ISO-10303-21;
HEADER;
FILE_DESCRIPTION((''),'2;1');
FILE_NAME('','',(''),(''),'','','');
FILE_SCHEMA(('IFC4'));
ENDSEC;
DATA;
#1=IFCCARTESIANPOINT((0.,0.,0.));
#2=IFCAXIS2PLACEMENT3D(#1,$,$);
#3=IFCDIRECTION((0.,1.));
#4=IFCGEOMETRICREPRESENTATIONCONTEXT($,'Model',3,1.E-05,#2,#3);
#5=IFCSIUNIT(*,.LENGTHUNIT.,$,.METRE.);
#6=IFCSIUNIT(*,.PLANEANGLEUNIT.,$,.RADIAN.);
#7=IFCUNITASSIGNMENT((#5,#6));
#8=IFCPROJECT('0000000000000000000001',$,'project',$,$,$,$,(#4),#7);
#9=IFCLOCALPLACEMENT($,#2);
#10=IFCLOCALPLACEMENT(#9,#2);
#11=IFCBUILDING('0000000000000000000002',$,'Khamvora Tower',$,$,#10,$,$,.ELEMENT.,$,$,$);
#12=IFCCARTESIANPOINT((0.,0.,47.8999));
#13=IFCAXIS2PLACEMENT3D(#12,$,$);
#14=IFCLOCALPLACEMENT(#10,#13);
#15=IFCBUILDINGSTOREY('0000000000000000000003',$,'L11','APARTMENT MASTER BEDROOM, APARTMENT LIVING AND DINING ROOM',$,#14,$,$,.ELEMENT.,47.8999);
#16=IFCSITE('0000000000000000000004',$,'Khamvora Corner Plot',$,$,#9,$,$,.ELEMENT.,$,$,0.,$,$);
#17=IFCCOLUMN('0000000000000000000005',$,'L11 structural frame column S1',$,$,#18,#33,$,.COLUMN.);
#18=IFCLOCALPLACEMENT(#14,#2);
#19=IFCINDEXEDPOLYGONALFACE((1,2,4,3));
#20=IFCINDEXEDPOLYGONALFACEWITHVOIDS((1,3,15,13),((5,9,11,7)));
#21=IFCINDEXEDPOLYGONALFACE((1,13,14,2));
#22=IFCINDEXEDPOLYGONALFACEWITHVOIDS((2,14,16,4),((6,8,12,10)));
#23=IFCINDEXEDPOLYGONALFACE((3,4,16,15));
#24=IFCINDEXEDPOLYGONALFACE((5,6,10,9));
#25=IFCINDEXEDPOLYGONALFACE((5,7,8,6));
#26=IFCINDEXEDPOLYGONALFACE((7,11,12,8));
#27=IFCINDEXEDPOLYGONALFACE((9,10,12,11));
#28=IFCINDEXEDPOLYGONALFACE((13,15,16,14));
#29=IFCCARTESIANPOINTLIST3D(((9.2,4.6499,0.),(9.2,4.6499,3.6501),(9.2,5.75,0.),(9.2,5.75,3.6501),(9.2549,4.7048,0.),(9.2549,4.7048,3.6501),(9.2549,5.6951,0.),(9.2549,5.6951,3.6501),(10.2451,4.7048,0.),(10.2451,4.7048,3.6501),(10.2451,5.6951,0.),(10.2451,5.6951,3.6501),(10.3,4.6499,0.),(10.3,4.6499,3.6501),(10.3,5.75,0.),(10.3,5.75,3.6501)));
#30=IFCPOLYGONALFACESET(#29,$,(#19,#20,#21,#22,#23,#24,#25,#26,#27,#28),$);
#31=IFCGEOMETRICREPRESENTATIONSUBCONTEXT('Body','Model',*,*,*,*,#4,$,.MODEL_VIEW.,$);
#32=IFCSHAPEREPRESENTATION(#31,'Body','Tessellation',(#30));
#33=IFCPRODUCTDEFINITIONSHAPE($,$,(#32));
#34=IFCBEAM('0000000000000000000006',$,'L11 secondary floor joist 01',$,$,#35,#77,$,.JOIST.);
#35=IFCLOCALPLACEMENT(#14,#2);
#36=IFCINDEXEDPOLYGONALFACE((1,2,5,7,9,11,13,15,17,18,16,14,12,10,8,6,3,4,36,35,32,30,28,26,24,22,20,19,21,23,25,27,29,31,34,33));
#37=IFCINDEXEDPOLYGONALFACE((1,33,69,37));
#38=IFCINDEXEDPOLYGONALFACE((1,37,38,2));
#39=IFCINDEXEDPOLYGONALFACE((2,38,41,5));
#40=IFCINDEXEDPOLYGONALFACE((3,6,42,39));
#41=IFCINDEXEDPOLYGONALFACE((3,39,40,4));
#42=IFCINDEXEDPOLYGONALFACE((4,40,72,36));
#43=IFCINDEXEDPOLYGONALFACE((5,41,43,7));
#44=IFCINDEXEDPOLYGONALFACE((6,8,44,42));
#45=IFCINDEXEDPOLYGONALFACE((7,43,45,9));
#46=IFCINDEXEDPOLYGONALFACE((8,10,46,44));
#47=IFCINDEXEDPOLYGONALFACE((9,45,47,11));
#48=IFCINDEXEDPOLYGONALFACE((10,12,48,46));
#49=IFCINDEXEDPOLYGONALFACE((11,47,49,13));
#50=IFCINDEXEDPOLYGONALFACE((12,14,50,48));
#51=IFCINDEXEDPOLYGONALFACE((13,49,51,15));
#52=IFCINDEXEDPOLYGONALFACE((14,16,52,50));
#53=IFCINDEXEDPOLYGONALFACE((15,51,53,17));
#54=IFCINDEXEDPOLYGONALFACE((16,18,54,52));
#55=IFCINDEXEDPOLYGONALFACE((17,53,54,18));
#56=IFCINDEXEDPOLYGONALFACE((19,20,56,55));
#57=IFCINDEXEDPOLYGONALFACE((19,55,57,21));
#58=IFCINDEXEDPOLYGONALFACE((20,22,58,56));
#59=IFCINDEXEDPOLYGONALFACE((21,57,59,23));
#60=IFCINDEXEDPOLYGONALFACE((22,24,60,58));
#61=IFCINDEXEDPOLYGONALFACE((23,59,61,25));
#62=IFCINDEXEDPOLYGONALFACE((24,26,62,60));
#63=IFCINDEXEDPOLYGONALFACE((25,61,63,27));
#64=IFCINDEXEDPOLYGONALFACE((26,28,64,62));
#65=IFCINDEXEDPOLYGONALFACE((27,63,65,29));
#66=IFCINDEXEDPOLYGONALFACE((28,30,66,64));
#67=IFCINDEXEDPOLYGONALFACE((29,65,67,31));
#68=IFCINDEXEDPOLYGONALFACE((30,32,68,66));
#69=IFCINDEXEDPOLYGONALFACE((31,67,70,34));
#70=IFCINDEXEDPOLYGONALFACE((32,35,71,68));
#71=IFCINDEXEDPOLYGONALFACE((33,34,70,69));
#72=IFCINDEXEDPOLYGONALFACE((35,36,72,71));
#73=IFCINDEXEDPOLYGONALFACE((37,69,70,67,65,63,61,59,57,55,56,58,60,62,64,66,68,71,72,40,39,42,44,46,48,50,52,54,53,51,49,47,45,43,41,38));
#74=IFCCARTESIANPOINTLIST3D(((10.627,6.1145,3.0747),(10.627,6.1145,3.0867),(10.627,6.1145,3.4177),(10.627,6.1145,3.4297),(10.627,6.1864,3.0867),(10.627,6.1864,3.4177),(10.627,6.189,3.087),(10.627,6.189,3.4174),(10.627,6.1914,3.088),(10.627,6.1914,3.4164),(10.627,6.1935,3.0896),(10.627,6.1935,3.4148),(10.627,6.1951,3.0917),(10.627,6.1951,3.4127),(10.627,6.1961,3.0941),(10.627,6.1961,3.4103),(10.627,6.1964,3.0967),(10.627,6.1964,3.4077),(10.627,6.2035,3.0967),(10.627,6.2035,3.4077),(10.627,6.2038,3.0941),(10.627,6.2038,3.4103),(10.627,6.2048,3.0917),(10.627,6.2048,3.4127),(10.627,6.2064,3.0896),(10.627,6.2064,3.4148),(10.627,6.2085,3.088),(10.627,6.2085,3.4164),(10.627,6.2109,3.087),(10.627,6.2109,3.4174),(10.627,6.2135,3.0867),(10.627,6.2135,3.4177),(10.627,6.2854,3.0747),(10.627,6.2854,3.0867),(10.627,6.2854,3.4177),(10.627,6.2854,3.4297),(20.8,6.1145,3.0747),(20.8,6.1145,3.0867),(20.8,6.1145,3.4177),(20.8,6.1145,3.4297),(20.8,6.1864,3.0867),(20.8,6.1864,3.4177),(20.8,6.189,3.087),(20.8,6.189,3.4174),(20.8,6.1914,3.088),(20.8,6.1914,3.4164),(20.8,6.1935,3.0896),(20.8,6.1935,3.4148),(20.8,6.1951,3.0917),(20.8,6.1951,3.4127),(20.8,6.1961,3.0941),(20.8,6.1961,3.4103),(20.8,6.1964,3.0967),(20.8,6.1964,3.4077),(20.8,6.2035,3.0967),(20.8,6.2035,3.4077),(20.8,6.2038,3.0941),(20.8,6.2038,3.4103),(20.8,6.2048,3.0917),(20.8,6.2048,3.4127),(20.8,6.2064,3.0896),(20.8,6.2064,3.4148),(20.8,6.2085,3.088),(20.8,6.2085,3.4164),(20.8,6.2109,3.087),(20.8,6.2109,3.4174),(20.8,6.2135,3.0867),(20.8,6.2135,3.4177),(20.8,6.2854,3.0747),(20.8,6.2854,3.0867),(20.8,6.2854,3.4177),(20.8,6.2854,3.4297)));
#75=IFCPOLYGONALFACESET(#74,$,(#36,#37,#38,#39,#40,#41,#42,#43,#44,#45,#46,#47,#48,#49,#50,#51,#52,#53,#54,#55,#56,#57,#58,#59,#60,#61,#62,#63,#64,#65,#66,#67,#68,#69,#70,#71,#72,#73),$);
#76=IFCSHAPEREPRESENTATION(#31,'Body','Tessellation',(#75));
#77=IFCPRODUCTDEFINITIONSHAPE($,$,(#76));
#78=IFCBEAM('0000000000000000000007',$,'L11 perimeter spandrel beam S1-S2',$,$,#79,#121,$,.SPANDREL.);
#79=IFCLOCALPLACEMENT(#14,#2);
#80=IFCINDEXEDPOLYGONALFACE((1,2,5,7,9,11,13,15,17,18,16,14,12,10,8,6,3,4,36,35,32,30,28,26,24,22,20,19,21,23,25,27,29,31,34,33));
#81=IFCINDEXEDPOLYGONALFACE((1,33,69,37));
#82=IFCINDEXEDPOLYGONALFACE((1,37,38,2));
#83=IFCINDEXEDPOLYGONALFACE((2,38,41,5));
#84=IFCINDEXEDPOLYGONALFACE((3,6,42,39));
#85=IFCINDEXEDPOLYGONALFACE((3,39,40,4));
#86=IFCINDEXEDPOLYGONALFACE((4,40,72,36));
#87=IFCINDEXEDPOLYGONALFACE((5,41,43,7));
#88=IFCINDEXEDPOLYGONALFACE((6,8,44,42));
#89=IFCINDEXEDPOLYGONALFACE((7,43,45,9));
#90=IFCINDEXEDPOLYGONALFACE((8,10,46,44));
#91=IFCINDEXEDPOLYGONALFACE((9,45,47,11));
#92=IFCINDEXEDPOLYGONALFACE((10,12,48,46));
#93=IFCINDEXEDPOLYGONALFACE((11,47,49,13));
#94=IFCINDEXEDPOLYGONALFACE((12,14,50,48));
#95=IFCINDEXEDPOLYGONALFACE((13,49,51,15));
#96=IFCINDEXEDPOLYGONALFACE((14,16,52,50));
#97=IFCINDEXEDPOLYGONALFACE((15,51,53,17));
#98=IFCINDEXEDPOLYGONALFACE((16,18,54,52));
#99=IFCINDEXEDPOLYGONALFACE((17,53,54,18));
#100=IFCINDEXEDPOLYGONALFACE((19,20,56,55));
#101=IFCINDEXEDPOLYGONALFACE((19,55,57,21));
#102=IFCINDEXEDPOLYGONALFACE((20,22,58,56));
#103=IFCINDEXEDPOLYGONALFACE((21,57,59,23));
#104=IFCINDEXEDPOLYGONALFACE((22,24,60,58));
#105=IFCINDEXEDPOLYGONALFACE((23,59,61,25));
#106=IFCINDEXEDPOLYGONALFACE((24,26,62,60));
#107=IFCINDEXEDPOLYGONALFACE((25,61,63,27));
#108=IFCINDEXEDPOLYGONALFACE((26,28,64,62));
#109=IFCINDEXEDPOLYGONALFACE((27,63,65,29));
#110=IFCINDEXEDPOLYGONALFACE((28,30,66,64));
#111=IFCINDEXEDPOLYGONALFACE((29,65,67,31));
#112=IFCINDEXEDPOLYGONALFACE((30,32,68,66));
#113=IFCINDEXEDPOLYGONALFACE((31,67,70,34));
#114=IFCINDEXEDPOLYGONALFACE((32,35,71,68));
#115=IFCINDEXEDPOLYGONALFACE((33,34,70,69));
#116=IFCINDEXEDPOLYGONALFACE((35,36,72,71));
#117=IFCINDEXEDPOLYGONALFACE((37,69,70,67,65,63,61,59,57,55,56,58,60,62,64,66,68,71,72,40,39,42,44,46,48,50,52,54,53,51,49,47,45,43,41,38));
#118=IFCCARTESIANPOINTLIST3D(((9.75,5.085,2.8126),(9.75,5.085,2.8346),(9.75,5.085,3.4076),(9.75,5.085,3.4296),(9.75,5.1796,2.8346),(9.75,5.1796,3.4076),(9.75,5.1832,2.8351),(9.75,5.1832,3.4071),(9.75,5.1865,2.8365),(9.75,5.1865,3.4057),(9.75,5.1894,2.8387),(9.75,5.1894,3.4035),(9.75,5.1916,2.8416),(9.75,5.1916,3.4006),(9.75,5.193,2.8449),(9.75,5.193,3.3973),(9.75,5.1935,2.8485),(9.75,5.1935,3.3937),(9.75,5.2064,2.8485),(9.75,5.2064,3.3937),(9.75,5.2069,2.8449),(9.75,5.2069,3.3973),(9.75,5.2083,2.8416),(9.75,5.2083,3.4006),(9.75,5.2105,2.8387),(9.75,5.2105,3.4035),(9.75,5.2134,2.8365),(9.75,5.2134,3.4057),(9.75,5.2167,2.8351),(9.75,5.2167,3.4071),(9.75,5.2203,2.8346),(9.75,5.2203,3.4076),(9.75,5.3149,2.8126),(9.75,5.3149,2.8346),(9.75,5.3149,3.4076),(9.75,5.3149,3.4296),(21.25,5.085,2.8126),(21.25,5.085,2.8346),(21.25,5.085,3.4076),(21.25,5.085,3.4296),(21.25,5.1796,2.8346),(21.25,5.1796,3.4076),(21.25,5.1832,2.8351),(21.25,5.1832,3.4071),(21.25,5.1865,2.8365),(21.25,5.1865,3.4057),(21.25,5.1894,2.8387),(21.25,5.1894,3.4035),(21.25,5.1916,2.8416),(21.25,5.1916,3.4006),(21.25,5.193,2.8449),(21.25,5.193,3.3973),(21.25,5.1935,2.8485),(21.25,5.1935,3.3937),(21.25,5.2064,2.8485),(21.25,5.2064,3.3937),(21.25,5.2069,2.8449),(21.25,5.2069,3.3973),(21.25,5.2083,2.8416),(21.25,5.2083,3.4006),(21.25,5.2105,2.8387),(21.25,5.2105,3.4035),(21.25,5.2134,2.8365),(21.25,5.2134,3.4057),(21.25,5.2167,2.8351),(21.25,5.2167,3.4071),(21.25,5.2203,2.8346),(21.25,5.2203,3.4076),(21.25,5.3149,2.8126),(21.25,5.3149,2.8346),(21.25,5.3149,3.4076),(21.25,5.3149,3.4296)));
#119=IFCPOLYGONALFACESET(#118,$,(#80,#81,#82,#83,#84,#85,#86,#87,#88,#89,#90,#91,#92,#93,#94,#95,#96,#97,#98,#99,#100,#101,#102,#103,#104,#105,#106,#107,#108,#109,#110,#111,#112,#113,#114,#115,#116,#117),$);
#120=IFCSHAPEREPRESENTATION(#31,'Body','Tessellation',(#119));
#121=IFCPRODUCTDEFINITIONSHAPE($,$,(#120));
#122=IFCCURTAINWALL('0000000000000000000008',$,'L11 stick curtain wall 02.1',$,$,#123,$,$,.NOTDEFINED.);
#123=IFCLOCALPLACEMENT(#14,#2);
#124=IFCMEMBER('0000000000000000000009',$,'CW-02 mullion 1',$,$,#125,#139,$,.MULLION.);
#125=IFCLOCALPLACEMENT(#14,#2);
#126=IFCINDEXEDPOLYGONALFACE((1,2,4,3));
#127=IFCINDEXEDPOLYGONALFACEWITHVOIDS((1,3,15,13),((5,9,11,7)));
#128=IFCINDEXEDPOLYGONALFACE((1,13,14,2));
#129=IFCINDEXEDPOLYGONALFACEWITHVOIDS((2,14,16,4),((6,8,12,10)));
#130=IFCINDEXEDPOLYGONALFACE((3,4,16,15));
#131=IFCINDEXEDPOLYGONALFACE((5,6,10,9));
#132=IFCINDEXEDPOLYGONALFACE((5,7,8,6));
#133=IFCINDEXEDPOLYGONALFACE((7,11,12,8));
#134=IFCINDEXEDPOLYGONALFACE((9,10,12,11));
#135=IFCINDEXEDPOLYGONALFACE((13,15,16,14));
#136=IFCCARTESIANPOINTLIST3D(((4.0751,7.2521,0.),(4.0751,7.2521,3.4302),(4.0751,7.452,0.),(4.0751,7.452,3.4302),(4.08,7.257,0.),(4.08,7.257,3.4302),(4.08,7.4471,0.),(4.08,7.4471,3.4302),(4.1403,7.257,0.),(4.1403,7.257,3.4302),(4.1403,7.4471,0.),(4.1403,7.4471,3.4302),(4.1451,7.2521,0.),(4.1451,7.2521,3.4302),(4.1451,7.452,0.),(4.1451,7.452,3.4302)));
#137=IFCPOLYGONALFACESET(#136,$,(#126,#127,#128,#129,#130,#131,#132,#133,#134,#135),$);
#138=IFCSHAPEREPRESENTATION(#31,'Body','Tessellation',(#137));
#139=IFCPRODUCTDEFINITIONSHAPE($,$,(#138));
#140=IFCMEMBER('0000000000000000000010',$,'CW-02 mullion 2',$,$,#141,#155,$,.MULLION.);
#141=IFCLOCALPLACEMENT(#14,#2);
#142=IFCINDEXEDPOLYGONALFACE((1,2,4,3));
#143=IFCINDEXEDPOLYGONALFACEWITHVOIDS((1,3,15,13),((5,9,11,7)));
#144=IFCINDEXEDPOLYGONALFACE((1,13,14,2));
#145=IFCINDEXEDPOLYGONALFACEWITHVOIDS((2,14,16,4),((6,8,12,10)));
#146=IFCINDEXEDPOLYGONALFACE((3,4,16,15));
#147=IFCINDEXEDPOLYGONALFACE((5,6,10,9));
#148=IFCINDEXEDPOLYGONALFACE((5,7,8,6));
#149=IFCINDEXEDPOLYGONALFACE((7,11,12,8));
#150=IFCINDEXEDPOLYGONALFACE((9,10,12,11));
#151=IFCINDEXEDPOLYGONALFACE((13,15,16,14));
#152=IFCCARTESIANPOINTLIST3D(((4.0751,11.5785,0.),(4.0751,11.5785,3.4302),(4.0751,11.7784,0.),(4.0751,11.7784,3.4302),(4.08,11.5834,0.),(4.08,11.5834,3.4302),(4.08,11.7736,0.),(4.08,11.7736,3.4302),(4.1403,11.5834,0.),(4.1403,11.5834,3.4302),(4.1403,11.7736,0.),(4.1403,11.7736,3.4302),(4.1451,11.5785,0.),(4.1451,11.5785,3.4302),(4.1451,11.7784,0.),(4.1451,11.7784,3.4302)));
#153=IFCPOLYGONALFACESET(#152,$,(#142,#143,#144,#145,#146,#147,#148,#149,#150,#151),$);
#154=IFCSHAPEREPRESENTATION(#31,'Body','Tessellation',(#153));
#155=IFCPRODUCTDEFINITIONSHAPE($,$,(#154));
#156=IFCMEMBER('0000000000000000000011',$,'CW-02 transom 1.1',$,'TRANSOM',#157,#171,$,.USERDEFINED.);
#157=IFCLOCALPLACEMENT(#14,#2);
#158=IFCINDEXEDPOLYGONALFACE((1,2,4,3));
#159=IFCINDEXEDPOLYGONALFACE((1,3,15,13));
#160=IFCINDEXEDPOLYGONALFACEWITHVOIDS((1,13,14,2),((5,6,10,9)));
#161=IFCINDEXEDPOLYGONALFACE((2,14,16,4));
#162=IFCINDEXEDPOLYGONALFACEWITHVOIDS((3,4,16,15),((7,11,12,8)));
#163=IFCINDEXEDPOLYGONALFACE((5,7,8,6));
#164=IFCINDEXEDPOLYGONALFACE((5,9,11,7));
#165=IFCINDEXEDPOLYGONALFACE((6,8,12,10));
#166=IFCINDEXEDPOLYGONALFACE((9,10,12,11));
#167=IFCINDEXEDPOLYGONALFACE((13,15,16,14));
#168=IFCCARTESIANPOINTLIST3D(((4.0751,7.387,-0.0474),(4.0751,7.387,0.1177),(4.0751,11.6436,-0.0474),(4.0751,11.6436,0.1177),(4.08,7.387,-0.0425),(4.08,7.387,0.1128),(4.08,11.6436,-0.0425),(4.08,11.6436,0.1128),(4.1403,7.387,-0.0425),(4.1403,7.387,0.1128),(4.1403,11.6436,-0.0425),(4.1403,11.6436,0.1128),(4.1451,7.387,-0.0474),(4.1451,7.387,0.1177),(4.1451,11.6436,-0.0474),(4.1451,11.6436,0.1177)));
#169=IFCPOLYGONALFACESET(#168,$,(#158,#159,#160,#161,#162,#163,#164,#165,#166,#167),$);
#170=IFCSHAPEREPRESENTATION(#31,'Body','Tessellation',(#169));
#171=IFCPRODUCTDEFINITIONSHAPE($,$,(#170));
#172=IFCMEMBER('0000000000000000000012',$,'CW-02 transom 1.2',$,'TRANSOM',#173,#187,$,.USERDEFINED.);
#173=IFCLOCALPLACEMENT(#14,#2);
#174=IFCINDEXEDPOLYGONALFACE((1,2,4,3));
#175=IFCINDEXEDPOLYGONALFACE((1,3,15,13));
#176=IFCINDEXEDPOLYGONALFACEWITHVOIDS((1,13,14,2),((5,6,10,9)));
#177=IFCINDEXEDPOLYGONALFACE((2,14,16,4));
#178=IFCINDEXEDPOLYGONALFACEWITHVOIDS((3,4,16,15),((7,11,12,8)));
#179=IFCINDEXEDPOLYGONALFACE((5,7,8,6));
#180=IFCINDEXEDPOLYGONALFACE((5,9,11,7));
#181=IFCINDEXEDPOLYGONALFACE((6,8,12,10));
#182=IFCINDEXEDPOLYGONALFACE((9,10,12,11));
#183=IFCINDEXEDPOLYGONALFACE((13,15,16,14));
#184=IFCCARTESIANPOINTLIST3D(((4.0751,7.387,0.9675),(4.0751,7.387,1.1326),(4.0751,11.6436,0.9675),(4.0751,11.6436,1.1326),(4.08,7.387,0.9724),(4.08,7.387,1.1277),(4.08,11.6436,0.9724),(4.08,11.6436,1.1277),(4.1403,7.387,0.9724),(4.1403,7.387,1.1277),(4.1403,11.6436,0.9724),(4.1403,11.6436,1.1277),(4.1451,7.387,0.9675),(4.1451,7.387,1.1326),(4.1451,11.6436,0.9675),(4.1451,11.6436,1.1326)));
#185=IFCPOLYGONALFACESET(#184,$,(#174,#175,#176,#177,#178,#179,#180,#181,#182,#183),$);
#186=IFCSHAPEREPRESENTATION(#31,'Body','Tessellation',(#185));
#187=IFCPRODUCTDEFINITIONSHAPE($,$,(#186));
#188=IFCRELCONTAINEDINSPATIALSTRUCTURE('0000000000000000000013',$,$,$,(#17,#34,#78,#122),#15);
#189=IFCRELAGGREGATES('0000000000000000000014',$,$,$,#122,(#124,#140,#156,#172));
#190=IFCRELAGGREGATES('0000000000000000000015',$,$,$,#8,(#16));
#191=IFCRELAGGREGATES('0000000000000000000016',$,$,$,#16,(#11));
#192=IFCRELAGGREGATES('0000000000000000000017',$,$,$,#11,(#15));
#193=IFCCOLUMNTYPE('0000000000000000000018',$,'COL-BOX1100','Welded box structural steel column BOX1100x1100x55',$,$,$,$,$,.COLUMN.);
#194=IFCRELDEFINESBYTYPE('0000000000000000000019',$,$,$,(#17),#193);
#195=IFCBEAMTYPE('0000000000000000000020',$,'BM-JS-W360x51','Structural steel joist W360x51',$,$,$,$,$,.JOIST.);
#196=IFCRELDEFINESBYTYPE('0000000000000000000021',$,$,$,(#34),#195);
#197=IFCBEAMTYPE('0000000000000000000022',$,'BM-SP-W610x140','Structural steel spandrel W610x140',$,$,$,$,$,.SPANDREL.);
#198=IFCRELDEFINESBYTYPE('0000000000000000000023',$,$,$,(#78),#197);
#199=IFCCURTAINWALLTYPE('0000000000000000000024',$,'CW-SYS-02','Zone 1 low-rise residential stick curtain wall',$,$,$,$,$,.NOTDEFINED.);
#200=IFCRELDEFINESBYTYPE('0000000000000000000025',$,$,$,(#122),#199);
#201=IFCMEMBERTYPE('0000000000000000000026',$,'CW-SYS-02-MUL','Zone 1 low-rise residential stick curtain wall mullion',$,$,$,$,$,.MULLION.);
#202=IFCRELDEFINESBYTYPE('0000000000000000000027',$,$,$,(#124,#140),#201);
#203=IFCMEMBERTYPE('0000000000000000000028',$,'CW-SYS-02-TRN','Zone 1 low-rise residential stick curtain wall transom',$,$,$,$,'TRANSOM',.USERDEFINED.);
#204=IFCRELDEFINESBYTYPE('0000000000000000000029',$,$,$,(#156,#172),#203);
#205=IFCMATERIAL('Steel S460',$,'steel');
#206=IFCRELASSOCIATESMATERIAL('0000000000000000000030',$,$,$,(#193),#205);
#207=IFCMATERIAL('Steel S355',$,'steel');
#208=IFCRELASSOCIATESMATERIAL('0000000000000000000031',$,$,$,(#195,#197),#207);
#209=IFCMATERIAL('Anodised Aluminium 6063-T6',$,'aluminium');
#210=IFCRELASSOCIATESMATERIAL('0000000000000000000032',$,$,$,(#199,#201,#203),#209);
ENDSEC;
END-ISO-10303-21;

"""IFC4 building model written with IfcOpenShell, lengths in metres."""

from ifc_helpers import new_model, si_unit, direction, frame, origin, origin_2d, place, context, subcontext, project, spatial, hollow_rectangle, i_section, extrude, material, material_profile, profile_set, type_object, element, aggregate, save


model = new_model("IFC4")

# Units and contexts
model_context = context("Model", 3, precision=1e-05, world=origin(), true_north=direction((0.0, 1.0)))
body_context = subcontext(model_context, "Body", "Model", "MODEL_VIEW")
ifc_project = project(units=[si_unit("LENGTHUNIT", "METRE"), si_unit("PLANEANGLEUNIT", "RADIAN")], contexts=[model_context])

# Site, building, storey
site_placement = place(None, origin())
site = spatial("IfcSite", under=ifc_project, at=site_placement, Name="Khamvora Corner Plot", CompositionType="ELEMENT", RefElevation=0.0)
building_placement = place(site_placement, origin())
building = spatial("IfcBuilding", under=site, at=building_placement, Name="Khamvora Tower", CompositionType="ELEMENT")
storey_placement = place(building_placement, frame((0.0, 0.0, 47.8999)))
storey = spatial("IfcBuildingStorey", under=building, at=storey_placement, Name="L11", Description="APARTMENT MASTER BEDROOM, APARTMENT LIVING AND DINING ROOM", CompositionType="ELEMENT", Elevation=47.8999)

# Column
ifc_material_1 = material(Name="Steel S460", Category="steel")
ifc_material_profile_1 = material_profile(ifc_material_1, hollow_rectangle(XDim=1.1001, YDim=1.1001, WallThickness=0.0549, at=origin_2d()), Name="BOX1100x1100x55")
ifc_profile_set_1 = profile_set([ifc_material_profile_1], Name="Steel S460")
column_type = type_object("IfcColumnType", Name="COL-BOX1100", Description="Welded box structural steel column BOX1100x1100x55", PredefinedType="COLUMN", material=ifc_profile_set_1)
column_placement = place(storey_placement, frame((9.75, 5.2, 0.0), z_axis=(0.0, 0.0, 1.0), x_axis=(1.0, 0.0, 0.0)))
element("IfcColumn", 1, at=column_placement, inside=storey, type_object=column_type, Name="L11 structural frame column S1", PredefinedType="COLUMN", context=body_context, shape_type="SweptSolid", body=[
    extrude(hollow_rectangle(XDim=1.1001, YDim=1.1001, WallThickness=0.0549, at=origin_2d()), origin(), (0.0, 0.0, 1.0), 3.6501),
])

# Beams
ifc_material_2 = material(Name="Steel S355", Category="steel")
ifc_material_profile_2 = material_profile(ifc_material_2, i_section(OverallWidth=0.1709, OverallDepth=0.355, WebThickness=0.0071, FlangeThickness=0.012, FilletRadius=0.01, at=origin_2d()), Name="W360x51")
ifc_profile_set_2 = profile_set([ifc_material_profile_2], Name="Steel S355")
beam_type_1 = type_object("IfcBeamType", Name="BM-JS-W360x51", Description="Structural steel joist W360x51", PredefinedType="JOIST", material=ifc_profile_set_2)
beam_1_placement = place(storey_placement, frame((10.627, 6.2, 3.2522), z_axis=(1.0, 0.0, 0.0), x_axis=(0.0, 1.0, 0.0)))
element("IfcBeam", 2, at=beam_1_placement, inside=storey, type_object=beam_type_1, Name="L11 secondary floor joist 01", PredefinedType="JOIST", context=body_context, shape_type="SweptSolid", body=[
    extrude(i_section(OverallWidth=0.1709, OverallDepth=0.355, WebThickness=0.0071, FlangeThickness=0.012, FilletRadius=0.01, at=origin_2d()), origin(), (0.0, 0.0, 1.0), 10.1731),
])
ifc_material_profile_3 = material_profile(ifc_material_2, i_section(OverallWidth=0.23, OverallDepth=0.6169, WebThickness=0.0129, FlangeThickness=0.022, FilletRadius=0.0139, at=origin_2d()), Name="W610x140")
ifc_profile_set_3 = profile_set([ifc_material_profile_3], Name="Steel S355")
beam_type_2 = type_object("IfcBeamType", Name="BM-SP-W610x140", Description="Structural steel spandrel W610x140", PredefinedType="SPANDREL", material=ifc_profile_set_3)
beam_2_placement = place(storey_placement, frame((9.75, 5.2, 3.1211), z_axis=(1.0, 0.0, 0.0), x_axis=(0.0, 1.0, 0.0)))
element("IfcBeam", 3, at=beam_2_placement, inside=storey, type_object=beam_type_2, Name="L11 perimeter spandrel beam S1-S2", PredefinedType="SPANDREL", context=body_context, shape_type="SweptSolid", body=[
    extrude(i_section(OverallWidth=0.23, OverallDepth=0.6169, WebThickness=0.0129, FlangeThickness=0.022, FilletRadius=0.0139, at=origin_2d()), origin(), (0.0, 0.0, 1.0), 11.5),
])

# Curtain wall, members
ifc_material_3 = material(Name="Anodised Aluminium 6063-T6", Category="aluminium")
curtain_wall_type = type_object("IfcCurtainWallType", Name="CW-SYS-02", Description="Zone 1 low-rise residential stick curtain wall", PredefinedType="NOTDEFINED", material=ifc_material_3)
curtain_wall_placement = place(storey_placement, origin())
curtain_wall = element("IfcCurtainWall", 4, at=curtain_wall_placement, inside=storey, type_object=curtain_wall_type, Name="L11 stick curtain wall 02.1", PredefinedType="NOTDEFINED")
ifc_material_profile_4 = material_profile(ifc_material_3, hollow_rectangle(XDim=0.0701, YDim=0.2, WallThickness=0.0049, at=origin_2d()), Name="MUL70x200x5")
ifc_profile_set_4 = profile_set([ifc_material_profile_4], Name="Anodised Aluminium 6063-T6")
member_type_1 = type_object("IfcMemberType", Name="CW-SYS-02-MUL", Description="Zone 1 low-rise residential stick curtain wall mullion", PredefinedType="MULLION", material=ifc_profile_set_4)
member_1_placement = place(storey_placement, frame((4.1101, 7.3521, 0.0), z_axis=(0.0, 0.0, 1.0), x_axis=(-1.0, 0.0, 0.0)))
member_1 = element("IfcMember", 5, at=member_1_placement, type_object=member_type_1, Name="CW-02 mullion 1", PredefinedType="MULLION", context=body_context, shape_type="SweptSolid", body=[
    extrude(hollow_rectangle(XDim=0.0701, YDim=0.2, WallThickness=0.0049, at=origin_2d()), origin(), (0.0, 0.0, 1.0), 3.4302),
])
member_2_placement = place(storey_placement, frame((4.1101, 11.6785, 0.0), z_axis=(0.0, 0.0, 1.0), x_axis=(-1.0, 0.0, 0.0)))
member_2 = element("IfcMember", 6, at=member_2_placement, type_object=member_type_1, Name="CW-02 mullion 2", PredefinedType="MULLION", context=body_context, shape_type="SweptSolid", body=[
    extrude(hollow_rectangle(XDim=0.0701, YDim=0.2, WallThickness=0.0049, at=origin_2d()), origin(), (0.0, 0.0, 1.0), 3.4302),
])
ifc_material_profile_5 = material_profile(ifc_material_3, hollow_rectangle(XDim=0.0701, YDim=0.165, WallThickness=0.0049, at=origin_2d()), Name="TRN70x165x5")
ifc_profile_set_5 = profile_set([ifc_material_profile_5], Name="Anodised Aluminium 6063-T6")
member_type_2 = type_object("IfcMemberType", Name="CW-SYS-02-TRN", Description="Zone 1 low-rise residential stick curtain wall transom", ElementType="TRANSOM", PredefinedType="USERDEFINED", material=ifc_profile_set_5)
member_3_placement = place(storey_placement, frame((4.1101, 7.387, 0.0352), z_axis=(0.0, 1.0, 0.0), x_axis=(-1.0, 0.0, 0.0)))
member_3 = element("IfcMember", 7, at=member_3_placement, type_object=member_type_2, Name="CW-02 transom 1.1", ObjectType="TRANSOM", PredefinedType="USERDEFINED", context=body_context, shape_type="SweptSolid", body=[
    extrude(hollow_rectangle(XDim=0.0701, YDim=0.165, WallThickness=0.0049, at=origin_2d()), origin(), (0.0, 0.0, 1.0), 4.2566),
])
member_4_placement = place(storey_placement, frame((4.1101, 7.387, 1.05), z_axis=(0.0, 1.0, 0.0), x_axis=(-1.0, 0.0, 0.0)))
member_4 = element("IfcMember", 8, at=member_4_placement, type_object=member_type_2, Name="CW-02 transom 1.2", ObjectType="TRANSOM", PredefinedType="USERDEFINED", context=body_context, shape_type="SweptSolid", body=[
    extrude(hollow_rectangle(XDim=0.0701, YDim=0.165, WallThickness=0.0049, at=origin_2d()), origin(), (0.0, 0.0, 1.0), 4.2566),
])
aggregate(curtain_wall, [member_1, member_2, member_3, member_4])

save(model, "model.ifc")
